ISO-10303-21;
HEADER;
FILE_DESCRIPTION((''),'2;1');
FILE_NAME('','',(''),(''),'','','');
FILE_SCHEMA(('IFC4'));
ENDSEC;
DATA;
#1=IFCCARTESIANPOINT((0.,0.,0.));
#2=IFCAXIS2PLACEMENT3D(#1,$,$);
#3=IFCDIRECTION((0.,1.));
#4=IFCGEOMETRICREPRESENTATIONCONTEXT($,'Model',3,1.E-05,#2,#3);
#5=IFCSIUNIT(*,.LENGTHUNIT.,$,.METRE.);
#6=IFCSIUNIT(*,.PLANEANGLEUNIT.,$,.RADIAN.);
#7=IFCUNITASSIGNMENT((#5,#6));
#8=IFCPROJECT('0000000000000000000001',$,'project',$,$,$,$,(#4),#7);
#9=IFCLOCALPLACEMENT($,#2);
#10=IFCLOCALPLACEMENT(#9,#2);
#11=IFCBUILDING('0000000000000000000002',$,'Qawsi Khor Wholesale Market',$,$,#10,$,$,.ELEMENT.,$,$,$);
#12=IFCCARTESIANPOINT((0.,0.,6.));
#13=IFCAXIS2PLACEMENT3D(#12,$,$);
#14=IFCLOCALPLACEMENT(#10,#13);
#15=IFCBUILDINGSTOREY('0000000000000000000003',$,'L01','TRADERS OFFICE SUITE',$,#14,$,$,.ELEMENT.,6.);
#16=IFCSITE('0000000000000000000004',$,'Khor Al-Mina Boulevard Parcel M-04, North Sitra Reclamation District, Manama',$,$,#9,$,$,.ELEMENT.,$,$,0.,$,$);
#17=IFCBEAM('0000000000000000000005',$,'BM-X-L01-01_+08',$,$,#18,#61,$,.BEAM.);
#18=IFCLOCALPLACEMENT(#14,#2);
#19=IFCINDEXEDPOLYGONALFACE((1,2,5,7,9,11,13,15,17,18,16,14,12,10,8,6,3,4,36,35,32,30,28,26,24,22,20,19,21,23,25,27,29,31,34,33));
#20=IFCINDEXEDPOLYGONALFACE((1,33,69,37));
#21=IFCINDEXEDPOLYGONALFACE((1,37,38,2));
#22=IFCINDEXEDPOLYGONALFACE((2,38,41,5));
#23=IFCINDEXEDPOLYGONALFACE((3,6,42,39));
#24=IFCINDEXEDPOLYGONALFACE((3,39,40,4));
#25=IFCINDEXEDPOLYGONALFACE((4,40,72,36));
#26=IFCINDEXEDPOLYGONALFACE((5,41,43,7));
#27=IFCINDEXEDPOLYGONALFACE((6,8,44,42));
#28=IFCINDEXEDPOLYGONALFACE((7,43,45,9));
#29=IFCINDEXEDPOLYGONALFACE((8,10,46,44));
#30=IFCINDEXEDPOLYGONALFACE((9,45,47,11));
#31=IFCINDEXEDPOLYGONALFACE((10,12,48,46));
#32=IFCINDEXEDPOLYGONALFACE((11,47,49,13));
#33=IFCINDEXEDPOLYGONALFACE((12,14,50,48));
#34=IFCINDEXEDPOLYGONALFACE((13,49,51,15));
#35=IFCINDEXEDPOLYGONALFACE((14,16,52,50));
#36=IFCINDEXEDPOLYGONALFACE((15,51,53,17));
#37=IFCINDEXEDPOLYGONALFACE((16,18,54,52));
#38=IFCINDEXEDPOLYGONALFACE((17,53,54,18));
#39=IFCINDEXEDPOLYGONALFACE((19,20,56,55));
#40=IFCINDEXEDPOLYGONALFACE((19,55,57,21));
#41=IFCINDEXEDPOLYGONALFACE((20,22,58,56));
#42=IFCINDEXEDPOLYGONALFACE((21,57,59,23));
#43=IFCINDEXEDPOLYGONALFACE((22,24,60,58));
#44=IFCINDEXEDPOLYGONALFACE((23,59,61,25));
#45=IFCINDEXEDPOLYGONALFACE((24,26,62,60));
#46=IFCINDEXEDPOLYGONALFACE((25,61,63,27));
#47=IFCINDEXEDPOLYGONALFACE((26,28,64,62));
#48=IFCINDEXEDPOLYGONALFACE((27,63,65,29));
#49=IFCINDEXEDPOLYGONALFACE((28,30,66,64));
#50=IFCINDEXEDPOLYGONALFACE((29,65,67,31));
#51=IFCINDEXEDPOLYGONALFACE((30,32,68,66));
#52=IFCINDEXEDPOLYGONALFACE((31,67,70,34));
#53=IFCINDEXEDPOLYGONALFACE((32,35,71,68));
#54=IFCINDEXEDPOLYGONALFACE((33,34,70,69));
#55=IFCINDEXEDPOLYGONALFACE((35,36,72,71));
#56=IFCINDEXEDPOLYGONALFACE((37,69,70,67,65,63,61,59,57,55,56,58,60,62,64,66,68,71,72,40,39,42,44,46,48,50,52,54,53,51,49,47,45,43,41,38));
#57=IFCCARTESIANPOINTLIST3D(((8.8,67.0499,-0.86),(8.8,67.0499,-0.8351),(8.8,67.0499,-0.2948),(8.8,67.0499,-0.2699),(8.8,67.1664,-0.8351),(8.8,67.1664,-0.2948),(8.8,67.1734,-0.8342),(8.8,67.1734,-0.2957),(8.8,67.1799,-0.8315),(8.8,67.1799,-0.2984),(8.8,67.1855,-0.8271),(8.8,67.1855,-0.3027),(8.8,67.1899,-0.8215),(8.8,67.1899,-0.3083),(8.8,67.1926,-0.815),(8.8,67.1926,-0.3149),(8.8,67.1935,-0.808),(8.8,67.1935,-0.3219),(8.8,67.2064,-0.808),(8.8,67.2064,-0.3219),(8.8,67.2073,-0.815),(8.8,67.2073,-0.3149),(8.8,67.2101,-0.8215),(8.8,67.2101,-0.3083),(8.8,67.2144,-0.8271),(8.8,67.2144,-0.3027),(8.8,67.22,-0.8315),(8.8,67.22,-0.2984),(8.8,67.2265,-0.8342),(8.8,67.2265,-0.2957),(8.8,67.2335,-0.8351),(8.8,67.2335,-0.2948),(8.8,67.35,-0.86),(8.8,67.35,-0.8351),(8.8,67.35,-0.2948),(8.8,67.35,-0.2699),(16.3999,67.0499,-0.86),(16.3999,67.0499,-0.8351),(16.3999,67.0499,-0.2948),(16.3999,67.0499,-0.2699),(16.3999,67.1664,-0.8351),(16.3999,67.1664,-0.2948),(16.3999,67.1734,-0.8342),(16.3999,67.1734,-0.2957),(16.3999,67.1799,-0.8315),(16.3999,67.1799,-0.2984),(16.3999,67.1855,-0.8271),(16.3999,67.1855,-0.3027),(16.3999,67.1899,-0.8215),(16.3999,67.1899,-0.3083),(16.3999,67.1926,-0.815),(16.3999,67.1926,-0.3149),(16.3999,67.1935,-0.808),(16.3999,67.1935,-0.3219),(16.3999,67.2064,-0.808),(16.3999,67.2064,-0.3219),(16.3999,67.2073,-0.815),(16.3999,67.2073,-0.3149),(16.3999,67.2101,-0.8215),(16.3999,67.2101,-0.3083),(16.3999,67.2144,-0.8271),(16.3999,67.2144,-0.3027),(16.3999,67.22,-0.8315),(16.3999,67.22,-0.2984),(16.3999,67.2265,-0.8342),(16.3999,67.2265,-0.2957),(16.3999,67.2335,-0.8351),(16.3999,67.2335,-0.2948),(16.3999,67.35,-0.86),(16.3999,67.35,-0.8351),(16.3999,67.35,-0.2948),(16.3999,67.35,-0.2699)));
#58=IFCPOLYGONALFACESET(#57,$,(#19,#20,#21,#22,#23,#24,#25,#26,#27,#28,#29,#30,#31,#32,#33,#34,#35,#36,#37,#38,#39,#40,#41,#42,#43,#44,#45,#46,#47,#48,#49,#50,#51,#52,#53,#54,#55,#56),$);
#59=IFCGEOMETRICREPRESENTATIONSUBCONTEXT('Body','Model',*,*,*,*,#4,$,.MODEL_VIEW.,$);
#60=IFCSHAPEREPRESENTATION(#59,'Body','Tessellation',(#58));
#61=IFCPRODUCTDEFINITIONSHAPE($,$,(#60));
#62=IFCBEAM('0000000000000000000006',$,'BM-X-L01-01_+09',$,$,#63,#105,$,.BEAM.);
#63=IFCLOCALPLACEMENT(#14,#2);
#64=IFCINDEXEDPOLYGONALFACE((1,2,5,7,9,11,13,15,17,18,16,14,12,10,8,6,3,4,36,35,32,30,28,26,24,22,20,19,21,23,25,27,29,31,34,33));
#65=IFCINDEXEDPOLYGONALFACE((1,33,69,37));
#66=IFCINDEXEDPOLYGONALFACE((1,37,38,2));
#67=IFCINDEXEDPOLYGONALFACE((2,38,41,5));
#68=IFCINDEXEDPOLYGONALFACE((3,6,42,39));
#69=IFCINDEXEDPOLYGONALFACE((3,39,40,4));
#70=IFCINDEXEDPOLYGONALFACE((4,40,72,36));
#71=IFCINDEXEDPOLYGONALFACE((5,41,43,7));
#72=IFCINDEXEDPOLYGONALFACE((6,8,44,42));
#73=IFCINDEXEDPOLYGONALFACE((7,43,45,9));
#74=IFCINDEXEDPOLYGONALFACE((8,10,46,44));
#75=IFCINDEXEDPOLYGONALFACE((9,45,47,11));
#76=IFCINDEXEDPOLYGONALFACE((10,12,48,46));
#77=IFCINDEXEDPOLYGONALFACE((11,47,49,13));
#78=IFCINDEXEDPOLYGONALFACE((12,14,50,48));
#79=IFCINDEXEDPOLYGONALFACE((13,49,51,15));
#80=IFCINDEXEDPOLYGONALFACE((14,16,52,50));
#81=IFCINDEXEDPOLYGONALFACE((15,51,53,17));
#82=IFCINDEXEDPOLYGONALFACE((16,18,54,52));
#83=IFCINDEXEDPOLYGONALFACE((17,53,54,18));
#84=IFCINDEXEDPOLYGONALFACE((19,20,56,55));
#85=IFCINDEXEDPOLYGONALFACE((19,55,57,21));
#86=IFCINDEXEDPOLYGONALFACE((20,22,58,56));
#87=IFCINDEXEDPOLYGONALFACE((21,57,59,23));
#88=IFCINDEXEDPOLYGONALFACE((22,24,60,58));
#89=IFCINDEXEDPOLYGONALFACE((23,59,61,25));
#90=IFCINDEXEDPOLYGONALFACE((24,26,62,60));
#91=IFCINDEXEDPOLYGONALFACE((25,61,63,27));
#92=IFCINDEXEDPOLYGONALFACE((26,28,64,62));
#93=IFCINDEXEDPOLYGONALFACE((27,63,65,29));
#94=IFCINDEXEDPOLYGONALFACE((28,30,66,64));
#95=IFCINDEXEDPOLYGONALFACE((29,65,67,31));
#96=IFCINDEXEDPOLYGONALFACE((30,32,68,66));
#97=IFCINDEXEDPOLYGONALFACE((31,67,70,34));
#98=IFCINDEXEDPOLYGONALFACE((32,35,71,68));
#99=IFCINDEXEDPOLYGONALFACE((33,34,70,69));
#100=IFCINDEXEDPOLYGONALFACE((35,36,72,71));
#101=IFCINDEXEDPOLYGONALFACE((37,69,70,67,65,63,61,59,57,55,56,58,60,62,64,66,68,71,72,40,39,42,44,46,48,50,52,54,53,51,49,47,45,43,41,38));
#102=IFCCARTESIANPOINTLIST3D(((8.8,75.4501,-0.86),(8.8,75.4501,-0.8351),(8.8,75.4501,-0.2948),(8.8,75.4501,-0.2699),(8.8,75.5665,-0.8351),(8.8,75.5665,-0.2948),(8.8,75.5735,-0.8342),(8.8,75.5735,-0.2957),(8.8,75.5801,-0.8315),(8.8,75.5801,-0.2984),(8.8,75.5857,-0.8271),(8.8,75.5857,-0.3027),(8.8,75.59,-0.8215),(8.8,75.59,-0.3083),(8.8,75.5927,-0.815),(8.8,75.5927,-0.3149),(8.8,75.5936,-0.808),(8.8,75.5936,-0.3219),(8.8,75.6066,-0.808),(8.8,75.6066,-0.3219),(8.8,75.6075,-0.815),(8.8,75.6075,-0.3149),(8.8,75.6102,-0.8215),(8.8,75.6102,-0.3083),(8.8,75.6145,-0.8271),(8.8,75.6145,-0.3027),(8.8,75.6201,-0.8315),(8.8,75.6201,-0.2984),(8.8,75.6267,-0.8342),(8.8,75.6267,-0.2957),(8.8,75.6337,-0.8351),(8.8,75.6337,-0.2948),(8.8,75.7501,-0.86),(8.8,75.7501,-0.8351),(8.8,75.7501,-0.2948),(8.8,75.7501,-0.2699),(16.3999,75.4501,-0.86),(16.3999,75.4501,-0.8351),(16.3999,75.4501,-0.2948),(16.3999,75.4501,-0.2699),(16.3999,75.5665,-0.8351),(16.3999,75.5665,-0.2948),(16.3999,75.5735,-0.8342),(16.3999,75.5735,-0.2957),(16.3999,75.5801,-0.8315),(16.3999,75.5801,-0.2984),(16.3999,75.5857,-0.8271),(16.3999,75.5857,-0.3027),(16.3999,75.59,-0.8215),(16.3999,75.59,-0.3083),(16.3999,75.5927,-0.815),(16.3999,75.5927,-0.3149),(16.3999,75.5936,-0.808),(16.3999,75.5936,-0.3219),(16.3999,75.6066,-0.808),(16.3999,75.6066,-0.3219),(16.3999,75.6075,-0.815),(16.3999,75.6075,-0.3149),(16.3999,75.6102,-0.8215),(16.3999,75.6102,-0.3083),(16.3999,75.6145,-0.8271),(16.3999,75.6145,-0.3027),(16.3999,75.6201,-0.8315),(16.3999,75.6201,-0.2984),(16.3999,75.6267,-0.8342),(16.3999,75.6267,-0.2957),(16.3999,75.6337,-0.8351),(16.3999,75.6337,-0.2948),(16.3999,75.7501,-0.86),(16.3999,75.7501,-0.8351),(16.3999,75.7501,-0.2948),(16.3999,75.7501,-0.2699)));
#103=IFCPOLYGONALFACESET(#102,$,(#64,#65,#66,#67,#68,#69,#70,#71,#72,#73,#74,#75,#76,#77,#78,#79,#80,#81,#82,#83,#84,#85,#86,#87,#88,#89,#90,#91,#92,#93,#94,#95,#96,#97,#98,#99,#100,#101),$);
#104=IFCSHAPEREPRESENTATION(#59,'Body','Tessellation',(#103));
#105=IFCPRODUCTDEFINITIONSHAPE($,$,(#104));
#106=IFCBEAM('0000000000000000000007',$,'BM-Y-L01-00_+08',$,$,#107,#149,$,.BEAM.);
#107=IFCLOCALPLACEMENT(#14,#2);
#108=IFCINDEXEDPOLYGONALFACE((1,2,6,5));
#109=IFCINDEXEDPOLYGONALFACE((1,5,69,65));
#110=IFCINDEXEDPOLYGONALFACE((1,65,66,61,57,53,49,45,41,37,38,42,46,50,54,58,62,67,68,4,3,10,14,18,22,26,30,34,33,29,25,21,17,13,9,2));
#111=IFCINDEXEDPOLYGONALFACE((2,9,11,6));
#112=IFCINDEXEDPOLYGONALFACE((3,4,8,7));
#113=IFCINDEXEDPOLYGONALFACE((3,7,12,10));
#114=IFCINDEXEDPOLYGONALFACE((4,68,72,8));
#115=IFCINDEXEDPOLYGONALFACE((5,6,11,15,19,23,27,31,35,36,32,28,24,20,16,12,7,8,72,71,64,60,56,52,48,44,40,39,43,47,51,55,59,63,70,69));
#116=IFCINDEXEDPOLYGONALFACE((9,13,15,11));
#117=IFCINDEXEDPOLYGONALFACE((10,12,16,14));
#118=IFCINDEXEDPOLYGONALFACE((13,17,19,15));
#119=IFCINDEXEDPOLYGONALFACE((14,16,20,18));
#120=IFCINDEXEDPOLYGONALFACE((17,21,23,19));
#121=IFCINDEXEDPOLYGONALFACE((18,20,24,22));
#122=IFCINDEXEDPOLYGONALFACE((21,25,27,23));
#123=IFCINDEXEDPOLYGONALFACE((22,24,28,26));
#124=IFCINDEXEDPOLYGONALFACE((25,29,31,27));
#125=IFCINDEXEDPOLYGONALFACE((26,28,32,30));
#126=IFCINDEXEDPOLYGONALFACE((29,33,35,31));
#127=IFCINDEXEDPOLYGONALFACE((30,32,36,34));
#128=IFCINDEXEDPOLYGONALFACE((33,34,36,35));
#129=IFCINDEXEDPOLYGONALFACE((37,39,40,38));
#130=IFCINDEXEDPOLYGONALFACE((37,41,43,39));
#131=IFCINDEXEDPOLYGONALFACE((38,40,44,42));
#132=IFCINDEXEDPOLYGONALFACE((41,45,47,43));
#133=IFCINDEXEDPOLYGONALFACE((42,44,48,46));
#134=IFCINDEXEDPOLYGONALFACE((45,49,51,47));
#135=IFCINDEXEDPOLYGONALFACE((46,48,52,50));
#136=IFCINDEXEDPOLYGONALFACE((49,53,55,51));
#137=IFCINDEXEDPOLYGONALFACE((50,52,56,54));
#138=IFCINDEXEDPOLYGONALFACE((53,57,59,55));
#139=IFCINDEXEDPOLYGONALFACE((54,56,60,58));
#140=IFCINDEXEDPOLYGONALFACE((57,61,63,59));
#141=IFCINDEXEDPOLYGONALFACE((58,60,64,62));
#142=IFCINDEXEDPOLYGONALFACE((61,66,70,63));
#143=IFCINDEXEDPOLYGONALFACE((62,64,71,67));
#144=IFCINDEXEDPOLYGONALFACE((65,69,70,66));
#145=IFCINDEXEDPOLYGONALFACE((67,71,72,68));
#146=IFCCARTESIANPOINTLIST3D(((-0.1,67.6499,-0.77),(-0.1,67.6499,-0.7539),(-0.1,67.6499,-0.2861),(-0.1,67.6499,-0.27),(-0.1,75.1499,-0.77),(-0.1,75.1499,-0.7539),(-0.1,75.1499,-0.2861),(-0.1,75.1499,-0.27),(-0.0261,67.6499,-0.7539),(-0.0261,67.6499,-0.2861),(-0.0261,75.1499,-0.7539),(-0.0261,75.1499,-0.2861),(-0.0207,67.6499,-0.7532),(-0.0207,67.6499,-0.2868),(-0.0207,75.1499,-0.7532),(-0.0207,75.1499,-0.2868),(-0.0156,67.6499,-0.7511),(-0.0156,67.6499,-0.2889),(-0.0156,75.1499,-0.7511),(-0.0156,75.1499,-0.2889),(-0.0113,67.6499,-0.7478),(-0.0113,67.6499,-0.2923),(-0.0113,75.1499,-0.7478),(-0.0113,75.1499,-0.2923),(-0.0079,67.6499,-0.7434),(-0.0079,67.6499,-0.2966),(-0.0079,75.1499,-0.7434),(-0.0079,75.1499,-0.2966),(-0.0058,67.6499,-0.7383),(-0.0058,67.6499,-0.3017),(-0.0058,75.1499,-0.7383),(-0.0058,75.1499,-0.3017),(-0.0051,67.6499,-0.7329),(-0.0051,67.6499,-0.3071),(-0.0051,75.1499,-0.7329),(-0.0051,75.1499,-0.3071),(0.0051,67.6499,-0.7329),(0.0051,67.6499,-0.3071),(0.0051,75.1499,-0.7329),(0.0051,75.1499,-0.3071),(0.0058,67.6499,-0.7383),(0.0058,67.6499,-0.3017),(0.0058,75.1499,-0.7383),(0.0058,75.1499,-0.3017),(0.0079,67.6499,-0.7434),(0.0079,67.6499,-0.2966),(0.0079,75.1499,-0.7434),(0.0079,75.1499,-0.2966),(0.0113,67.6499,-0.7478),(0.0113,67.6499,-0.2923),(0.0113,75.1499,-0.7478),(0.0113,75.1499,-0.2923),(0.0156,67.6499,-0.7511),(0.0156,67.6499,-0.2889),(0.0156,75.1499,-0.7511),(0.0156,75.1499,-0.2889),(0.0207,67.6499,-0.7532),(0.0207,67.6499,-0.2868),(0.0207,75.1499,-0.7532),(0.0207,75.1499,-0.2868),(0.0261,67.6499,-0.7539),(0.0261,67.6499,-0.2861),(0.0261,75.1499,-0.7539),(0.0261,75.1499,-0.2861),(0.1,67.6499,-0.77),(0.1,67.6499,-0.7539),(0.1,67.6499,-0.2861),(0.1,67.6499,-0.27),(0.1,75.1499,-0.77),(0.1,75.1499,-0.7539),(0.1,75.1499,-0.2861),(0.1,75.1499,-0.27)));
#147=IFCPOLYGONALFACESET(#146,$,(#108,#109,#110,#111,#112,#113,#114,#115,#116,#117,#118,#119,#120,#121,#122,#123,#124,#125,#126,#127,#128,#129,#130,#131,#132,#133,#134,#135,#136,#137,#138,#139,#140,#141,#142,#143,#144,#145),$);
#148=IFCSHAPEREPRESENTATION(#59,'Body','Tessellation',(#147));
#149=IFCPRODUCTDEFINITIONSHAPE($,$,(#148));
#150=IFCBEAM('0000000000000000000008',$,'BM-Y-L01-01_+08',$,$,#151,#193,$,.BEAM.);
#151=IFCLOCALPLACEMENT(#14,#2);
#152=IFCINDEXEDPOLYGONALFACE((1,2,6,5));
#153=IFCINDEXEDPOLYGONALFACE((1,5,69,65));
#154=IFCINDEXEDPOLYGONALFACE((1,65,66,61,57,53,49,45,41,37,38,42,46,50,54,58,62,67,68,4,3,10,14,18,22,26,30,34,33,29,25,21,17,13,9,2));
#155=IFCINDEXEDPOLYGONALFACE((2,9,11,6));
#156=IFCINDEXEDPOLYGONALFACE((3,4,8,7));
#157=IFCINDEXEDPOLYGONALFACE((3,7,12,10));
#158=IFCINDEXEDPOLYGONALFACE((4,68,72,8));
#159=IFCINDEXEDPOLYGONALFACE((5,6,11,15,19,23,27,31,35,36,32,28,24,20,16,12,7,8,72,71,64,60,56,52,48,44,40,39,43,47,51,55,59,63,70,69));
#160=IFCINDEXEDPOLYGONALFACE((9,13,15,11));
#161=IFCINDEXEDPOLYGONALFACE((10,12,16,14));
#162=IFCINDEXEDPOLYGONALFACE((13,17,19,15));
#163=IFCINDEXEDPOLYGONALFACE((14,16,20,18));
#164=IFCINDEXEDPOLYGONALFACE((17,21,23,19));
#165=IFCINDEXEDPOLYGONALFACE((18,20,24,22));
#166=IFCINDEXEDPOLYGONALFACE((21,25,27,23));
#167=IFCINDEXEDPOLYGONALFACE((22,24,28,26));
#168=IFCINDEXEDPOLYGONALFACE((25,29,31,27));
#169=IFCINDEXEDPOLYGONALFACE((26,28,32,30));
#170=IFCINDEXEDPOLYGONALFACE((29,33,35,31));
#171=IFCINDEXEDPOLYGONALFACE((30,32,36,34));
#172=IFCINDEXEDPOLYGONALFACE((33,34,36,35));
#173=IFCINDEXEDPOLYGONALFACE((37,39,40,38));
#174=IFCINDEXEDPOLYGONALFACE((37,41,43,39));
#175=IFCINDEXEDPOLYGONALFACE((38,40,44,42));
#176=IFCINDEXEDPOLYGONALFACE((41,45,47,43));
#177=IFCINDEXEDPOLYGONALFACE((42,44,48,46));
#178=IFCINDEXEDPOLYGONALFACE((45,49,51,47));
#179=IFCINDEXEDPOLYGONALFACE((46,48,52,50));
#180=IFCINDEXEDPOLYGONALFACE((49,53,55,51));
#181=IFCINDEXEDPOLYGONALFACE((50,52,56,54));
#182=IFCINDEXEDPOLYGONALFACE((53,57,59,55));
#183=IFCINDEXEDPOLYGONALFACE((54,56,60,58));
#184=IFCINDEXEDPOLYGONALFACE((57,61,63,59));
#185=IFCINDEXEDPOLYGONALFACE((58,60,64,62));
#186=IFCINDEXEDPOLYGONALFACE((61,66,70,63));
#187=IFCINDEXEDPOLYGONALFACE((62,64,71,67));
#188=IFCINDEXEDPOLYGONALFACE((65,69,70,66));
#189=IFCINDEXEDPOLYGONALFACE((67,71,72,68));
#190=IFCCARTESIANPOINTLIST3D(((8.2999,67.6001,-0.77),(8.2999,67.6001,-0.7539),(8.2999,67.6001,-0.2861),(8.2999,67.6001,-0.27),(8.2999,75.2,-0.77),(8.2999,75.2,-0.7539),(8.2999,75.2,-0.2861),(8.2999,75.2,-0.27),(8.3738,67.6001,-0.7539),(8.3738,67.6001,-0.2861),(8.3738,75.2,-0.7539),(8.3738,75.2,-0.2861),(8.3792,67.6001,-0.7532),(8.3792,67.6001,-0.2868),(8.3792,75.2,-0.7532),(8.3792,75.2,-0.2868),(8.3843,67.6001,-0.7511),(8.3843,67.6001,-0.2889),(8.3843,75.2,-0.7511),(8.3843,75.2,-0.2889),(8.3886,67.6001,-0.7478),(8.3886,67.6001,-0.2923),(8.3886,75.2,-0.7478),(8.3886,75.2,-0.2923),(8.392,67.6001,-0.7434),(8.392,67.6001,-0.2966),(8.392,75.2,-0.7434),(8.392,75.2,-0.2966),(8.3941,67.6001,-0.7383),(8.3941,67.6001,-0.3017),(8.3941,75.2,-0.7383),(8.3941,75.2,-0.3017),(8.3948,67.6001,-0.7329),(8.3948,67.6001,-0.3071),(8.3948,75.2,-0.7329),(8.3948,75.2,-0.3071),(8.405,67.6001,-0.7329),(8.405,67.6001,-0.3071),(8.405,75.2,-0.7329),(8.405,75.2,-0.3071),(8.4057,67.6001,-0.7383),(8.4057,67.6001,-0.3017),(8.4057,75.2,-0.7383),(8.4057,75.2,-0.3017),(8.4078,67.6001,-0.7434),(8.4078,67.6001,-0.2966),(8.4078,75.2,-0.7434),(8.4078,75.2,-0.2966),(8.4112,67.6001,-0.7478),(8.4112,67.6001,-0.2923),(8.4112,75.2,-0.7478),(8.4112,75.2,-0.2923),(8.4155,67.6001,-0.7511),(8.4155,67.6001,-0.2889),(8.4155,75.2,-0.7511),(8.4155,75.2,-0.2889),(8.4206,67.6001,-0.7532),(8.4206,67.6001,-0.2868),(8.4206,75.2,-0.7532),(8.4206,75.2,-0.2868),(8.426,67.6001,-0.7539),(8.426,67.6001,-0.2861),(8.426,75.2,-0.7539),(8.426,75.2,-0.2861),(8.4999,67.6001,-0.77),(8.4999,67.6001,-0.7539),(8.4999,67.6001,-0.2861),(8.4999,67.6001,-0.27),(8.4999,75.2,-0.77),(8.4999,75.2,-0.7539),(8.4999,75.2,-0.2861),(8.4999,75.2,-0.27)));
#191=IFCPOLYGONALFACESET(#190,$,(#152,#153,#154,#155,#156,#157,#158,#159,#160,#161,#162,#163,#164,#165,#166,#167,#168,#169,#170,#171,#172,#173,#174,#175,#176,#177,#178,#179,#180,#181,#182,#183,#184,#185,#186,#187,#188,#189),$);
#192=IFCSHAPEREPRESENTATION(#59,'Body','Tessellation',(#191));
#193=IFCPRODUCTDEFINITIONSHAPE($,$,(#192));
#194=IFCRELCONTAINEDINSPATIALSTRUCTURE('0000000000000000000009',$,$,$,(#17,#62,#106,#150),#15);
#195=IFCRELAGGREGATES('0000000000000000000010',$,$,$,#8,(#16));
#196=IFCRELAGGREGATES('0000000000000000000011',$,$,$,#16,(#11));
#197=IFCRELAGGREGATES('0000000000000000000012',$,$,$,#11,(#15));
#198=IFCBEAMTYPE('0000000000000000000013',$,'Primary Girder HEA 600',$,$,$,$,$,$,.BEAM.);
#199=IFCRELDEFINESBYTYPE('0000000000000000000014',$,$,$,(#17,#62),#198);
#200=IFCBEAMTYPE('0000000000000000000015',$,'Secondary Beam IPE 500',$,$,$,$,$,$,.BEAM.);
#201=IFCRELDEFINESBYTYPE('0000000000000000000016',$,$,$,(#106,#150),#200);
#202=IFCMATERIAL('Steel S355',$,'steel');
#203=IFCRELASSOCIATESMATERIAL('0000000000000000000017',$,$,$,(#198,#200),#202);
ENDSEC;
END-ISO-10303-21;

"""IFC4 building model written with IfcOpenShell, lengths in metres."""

from ifc_helpers import new_model, si_unit, direction, frame, origin, origin_2d, place, context, subcontext, project, spatial, i_section, extrude, material, material_profile, profile_set, type_object, element, save


model = new_model("IFC4")

# Units and contexts
model_context = context("Model", 3, precision=1e-05, world=origin(), true_north=direction((0.0, 1.0)))
body_context = subcontext(model_context, "Body", "Model", "MODEL_VIEW")
ifc_project = project(units=[si_unit("LENGTHUNIT", "METRE"), si_unit("PLANEANGLEUNIT", "RADIAN")], contexts=[model_context])

# Site, building, storey
site_placement = place(None, origin())
site = spatial("IfcSite", under=ifc_project, at=site_placement, Name="Khor Al-Mina Boulevard Parcel M-04, North Sitra Reclamation District, Manama", CompositionType="ELEMENT", RefElevation=0.0)
building_placement = place(site_placement, origin())
building = spatial("IfcBuilding", under=site, at=building_placement, Name="Qawsi Khor Wholesale Market", CompositionType="ELEMENT")
storey_placement = place(building_placement, frame((0.0, 0.0, 6.0)))
storey = spatial("IfcBuildingStorey", under=building, at=storey_placement, Name="L01", Description="TRADERS OFFICE SUITE", CompositionType="ELEMENT", Elevation=6.0)

# Beams
ifc_material_1 = material(Name="Steel S355", Category="steel")
ifc_material_profile_1 = material_profile(ifc_material_1, i_section(OverallWidth=0.3, OverallDepth=0.5901, WebThickness=0.0129, FlangeThickness=0.0249, FilletRadius=0.0271, at=origin_2d()), Name="HEA 600")
ifc_profile_set_1 = profile_set([ifc_material_profile_1], Name="Steel S355")
beam_type_1 = type_object("IfcBeamType", Name="Primary Girder HEA 600", PredefinedType="BEAM", material=ifc_profile_set_1)
for number, where, z_axis, x_axis, name in (
    (1, (8.8, 67.2, -0.5649), (1.0, 0.0, 0.0), (0.0, 1.0, 0.0), "BM-X-L01-01_+08"),
    (2, (8.8, 75.6001, -0.5649), (1.0, 0.0, 0.0), (0.0, 1.0, 0.0), "BM-X-L01-01_+09"),
):
    element("IfcBeam", number, at=place(storey_placement, frame(where, z_axis=z_axis, x_axis=x_axis)), inside=storey, type_object=beam_type_1, Name=name, PredefinedType="BEAM", context=body_context, shape_type="SweptSolid", body=[
        extrude(i_section(OverallWidth=0.3, OverallDepth=0.5901, WebThickness=0.0129, FlangeThickness=0.0249, FilletRadius=0.0271, at=origin_2d()), origin(), (0.0, 0.0, 1.0), 7.5999),
    ])
ifc_material_profile_2 = material_profile(ifc_material_1, i_section(OverallWidth=0.2, OverallDepth=0.5, WebThickness=0.0103, FlangeThickness=0.0161, FilletRadius=0.021, at=origin_2d()), Name="IPE 500")
ifc_profile_set_2 = profile_set([ifc_material_profile_2], Name="Steel S355")
beam_type_2 = type_object("IfcBeamType", Name="Secondary Beam IPE 500", PredefinedType="BEAM", material=ifc_profile_set_2)
beam_1_placement = place(storey_placement, frame((0.0, 67.6499, -0.52), z_axis=(0.0, 1.0, 0.0), x_axis=(-1.0, 0.0, 0.0)))
element("IfcBeam", 3, at=beam_1_placement, inside=storey, type_object=beam_type_2, Name="BM-Y-L01-00_+08", PredefinedType="BEAM", context=body_context, shape_type="SweptSolid", body=[
    extrude(i_section(OverallWidth=0.2, OverallDepth=0.5, WebThickness=0.0103, FlangeThickness=0.0161, FilletRadius=0.021, at=origin_2d()), origin(), (0.0, 0.0, 1.0), 7.5),
])
beam_2_placement = place(storey_placement, frame((8.3999, 67.6001, -0.52), z_axis=(0.0, 1.0, 0.0), x_axis=(-1.0, 0.0, 0.0)))
element("IfcBeam", 4, at=beam_2_placement, inside=storey, type_object=beam_type_2, Name="BM-Y-L01-01_+08", PredefinedType="BEAM", context=body_context, shape_type="SweptSolid", body=[
    extrude(i_section(OverallWidth=0.2, OverallDepth=0.5, WebThickness=0.0103, FlangeThickness=0.0161, FilletRadius=0.021, at=origin_2d()), origin(), (0.0, 0.0, 1.0), 7.5999),
])

save(model, "model.ifc")
